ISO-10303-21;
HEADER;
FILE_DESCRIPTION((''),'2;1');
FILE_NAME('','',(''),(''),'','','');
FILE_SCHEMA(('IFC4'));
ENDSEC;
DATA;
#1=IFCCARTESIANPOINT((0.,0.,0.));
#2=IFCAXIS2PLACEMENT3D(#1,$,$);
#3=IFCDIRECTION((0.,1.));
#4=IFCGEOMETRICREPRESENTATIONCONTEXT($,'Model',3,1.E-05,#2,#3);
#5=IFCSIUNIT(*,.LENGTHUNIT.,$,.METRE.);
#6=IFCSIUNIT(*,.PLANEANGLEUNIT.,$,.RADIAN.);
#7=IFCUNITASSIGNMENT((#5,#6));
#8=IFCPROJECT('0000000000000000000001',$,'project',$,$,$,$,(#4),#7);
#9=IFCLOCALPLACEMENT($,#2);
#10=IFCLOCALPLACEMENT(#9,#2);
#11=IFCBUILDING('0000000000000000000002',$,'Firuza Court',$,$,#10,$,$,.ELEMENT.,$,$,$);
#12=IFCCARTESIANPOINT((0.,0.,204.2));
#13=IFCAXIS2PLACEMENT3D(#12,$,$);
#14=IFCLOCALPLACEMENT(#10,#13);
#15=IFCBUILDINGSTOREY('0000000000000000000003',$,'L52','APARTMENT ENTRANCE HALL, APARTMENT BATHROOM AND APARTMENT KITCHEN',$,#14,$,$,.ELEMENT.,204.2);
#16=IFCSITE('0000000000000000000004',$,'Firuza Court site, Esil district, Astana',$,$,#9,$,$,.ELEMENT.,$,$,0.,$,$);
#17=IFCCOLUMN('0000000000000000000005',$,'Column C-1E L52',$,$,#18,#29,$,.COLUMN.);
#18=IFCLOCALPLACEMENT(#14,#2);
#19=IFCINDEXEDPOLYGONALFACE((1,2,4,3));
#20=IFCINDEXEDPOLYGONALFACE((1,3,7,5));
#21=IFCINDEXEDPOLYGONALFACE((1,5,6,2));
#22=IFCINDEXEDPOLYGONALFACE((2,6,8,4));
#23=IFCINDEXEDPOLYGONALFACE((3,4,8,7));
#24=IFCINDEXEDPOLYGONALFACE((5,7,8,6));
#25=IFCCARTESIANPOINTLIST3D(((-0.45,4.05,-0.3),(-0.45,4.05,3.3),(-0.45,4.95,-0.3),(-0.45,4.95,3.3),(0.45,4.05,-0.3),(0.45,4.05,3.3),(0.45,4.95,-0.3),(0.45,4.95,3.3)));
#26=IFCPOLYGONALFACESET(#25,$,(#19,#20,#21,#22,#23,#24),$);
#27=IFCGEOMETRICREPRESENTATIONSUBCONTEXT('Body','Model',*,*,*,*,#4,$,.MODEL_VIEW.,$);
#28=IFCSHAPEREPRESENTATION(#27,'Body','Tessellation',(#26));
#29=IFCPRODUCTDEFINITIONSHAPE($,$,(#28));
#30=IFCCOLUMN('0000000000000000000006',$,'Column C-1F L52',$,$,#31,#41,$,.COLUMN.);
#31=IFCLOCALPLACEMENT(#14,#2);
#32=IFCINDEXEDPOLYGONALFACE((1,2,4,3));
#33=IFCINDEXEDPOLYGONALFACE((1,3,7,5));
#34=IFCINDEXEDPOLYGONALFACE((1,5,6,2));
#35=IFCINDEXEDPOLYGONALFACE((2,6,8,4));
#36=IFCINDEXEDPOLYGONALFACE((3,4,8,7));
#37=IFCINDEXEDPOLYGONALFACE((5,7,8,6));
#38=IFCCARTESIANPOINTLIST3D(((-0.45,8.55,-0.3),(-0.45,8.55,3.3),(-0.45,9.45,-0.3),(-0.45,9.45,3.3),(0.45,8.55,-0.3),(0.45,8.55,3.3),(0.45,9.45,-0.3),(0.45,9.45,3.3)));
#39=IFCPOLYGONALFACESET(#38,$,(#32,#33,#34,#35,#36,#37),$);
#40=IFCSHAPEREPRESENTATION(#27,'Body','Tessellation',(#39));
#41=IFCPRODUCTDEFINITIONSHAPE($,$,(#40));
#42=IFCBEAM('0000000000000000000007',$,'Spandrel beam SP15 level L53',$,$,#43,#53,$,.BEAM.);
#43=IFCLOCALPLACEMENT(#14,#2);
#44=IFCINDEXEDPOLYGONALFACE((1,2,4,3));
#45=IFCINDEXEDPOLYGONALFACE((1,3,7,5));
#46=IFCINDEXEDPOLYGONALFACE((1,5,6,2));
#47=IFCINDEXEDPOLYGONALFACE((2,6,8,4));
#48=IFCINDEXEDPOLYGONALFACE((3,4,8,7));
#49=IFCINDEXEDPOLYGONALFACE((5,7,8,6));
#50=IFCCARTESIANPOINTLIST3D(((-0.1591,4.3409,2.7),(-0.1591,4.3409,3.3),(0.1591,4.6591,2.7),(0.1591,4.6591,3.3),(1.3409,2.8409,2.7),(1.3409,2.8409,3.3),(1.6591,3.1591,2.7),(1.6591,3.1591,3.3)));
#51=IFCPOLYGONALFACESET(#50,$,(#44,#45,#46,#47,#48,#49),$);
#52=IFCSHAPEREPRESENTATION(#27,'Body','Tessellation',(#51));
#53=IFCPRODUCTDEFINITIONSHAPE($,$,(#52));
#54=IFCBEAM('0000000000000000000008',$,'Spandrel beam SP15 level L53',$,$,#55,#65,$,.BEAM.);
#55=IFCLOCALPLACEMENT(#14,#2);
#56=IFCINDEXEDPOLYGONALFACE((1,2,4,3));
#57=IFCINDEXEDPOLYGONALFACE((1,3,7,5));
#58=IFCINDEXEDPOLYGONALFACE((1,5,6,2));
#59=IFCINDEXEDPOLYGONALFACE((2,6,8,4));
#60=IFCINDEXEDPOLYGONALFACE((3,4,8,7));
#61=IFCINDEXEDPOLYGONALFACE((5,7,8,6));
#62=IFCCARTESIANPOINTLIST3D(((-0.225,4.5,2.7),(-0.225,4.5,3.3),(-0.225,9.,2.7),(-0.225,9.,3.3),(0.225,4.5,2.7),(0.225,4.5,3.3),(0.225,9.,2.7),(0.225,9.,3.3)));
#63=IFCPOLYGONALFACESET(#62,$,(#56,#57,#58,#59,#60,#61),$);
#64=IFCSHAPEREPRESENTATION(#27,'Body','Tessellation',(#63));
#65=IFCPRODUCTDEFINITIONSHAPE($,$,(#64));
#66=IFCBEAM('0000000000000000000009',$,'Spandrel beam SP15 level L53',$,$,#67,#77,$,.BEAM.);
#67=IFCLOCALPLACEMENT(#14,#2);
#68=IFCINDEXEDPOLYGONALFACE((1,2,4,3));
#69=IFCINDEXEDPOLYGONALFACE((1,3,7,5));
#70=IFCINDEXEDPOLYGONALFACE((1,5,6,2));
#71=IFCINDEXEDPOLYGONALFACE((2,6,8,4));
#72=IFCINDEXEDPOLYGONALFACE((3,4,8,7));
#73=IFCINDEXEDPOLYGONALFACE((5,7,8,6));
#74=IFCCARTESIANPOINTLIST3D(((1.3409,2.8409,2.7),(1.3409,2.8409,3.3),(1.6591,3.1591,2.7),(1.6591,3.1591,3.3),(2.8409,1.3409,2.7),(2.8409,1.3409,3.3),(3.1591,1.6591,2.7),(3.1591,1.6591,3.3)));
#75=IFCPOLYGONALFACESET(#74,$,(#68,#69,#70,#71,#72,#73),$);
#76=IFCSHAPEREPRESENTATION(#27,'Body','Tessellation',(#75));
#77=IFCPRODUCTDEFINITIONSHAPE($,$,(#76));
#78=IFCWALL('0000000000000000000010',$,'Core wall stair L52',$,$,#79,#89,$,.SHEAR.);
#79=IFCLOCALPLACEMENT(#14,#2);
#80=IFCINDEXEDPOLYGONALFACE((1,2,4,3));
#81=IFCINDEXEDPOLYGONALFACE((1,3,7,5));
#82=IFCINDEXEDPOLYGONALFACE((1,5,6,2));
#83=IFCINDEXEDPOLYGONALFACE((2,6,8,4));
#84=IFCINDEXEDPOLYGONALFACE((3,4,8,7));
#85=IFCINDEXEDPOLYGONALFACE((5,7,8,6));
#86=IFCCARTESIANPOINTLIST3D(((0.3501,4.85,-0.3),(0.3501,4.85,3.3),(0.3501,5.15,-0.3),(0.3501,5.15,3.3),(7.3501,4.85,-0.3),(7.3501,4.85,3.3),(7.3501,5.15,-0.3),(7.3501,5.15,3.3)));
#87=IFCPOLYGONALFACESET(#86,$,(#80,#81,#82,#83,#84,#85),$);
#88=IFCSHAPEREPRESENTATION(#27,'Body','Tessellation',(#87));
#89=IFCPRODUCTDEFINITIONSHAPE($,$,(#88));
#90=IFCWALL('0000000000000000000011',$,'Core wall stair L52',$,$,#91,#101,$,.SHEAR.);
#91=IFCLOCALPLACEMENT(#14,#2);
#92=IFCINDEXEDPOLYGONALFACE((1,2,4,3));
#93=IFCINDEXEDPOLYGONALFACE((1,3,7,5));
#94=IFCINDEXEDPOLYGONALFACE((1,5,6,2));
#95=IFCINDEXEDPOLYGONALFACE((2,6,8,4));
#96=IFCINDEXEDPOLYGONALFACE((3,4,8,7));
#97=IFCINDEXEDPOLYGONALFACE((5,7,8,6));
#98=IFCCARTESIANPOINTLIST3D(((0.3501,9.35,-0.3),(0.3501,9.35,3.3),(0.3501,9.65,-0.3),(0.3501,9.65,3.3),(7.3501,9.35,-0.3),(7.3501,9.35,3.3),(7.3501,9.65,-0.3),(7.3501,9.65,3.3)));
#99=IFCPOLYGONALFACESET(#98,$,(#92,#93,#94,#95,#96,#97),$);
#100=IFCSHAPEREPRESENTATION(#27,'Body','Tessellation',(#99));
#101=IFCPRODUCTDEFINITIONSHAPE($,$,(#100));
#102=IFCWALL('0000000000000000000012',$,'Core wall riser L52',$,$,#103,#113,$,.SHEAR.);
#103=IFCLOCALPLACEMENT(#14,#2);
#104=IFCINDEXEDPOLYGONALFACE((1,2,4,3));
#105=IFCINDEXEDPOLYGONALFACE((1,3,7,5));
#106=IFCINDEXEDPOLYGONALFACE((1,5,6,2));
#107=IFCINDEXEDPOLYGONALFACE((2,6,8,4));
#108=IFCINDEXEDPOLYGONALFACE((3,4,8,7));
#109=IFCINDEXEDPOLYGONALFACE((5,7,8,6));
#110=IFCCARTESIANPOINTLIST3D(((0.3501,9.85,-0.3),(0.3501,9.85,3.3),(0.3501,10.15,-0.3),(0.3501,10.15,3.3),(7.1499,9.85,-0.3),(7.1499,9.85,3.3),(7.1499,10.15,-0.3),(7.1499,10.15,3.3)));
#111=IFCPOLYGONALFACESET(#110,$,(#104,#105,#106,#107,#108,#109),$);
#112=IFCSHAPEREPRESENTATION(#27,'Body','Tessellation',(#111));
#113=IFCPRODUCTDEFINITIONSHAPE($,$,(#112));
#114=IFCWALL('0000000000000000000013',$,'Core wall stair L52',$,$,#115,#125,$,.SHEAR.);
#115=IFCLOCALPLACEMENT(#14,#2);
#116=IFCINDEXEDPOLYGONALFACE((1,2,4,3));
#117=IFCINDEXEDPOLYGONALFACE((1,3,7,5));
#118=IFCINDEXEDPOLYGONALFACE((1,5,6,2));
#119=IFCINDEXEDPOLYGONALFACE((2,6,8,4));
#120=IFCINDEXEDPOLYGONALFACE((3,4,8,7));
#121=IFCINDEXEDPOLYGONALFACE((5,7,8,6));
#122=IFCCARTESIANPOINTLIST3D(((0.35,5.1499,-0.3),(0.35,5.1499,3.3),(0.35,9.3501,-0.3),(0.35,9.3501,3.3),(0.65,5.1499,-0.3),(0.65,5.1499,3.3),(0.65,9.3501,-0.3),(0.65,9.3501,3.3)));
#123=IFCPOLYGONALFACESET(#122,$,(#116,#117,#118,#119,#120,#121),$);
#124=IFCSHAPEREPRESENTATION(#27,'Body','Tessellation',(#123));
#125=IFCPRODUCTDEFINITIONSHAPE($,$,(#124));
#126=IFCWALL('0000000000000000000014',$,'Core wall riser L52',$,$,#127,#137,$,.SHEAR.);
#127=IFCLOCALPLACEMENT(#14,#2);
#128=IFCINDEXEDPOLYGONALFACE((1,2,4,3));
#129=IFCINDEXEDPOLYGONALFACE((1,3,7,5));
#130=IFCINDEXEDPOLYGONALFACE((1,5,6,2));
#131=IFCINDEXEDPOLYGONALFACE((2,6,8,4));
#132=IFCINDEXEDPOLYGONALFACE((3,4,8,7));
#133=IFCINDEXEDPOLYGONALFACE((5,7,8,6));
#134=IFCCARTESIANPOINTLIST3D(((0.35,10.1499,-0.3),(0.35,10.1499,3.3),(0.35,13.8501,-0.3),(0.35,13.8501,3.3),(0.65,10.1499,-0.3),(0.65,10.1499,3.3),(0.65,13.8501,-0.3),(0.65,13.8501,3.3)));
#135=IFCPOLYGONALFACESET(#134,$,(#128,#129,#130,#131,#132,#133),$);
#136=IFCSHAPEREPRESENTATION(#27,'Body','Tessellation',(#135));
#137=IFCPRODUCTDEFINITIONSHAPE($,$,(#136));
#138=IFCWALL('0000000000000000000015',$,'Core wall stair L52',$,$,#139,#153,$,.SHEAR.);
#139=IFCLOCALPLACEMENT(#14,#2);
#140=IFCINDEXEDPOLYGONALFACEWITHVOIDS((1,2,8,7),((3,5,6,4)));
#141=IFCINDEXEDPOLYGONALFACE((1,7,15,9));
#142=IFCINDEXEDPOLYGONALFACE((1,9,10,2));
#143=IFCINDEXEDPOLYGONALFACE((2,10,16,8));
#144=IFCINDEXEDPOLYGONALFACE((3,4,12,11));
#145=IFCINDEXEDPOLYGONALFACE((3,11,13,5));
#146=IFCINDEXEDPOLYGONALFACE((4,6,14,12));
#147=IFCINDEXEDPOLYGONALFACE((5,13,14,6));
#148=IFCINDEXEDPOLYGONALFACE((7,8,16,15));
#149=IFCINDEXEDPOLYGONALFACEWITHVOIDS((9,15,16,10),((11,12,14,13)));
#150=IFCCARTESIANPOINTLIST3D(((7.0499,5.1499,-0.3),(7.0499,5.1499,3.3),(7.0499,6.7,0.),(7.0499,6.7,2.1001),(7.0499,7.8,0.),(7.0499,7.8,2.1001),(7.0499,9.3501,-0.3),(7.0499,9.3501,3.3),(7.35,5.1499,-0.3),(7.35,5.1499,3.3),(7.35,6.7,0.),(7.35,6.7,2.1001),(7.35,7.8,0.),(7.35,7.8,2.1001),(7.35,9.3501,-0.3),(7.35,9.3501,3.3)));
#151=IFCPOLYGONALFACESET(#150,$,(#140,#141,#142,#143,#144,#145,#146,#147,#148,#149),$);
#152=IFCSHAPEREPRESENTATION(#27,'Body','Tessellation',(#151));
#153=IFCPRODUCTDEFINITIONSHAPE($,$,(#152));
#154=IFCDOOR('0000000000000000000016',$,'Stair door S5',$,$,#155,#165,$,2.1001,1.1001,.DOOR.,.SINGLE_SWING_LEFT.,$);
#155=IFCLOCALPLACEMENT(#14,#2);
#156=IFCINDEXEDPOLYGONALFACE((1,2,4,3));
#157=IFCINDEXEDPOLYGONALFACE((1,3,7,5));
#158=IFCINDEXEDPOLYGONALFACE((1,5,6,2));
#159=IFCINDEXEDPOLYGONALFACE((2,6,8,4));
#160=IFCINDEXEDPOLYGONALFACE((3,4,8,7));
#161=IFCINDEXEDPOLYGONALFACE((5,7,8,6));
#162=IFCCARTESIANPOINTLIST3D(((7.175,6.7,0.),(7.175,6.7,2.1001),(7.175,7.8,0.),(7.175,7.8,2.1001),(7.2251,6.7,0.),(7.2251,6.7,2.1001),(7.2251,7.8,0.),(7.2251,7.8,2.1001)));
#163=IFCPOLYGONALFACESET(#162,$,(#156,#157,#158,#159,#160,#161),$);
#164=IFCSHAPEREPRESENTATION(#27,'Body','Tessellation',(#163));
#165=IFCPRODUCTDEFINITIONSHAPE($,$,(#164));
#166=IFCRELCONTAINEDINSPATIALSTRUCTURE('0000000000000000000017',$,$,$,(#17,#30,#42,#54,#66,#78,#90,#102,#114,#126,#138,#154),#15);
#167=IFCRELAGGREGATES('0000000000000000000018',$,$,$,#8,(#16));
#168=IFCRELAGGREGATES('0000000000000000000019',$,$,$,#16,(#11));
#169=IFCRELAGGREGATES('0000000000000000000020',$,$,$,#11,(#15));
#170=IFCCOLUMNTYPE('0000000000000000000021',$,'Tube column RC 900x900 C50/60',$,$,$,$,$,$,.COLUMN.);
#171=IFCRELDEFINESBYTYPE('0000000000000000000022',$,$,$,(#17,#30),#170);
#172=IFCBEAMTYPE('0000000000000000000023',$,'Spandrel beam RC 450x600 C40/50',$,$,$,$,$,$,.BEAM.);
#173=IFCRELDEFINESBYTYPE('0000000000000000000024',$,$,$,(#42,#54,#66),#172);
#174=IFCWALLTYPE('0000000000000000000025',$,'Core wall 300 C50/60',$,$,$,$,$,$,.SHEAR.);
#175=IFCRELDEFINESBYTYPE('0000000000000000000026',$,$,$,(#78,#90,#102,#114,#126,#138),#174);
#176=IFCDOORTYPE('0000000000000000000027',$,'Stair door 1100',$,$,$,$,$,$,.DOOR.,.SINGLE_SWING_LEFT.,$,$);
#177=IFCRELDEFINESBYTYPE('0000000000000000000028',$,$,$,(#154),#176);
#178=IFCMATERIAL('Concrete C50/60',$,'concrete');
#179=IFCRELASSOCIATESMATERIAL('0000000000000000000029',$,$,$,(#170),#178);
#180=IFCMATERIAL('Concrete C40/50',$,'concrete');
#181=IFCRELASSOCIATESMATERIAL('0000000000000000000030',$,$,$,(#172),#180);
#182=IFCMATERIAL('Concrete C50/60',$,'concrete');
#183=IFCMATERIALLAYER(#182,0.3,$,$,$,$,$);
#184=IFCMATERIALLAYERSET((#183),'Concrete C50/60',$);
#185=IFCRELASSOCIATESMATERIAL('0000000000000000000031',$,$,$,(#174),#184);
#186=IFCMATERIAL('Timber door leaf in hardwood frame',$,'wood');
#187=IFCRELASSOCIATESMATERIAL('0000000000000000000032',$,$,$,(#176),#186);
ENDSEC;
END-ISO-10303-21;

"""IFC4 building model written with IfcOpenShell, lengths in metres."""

from ifc_helpers import new_model, si_unit, direction, frame, frame_2d, origin, origin_2d, place, context, subcontext, project, spatial, rectangle, extrude, material, layer, layer_set, material_profile, profile_set, type_object, element, fill, save


model = new_model("IFC4")

# Units and contexts
model_context = context("Model", 3, precision=1e-05, world=origin(), true_north=direction((0.0, 1.0)))
body_context = subcontext(model_context, "Body", "Model", "MODEL_VIEW")
ifc_project = project(units=[si_unit("LENGTHUNIT", "METRE"), si_unit("PLANEANGLEUNIT", "RADIAN")], contexts=[model_context])

# Site, building, storey
site_placement = place(None, origin())
site = spatial("IfcSite", under=ifc_project, at=site_placement, Name="Firuza Court site, Esil district, Astana", CompositionType="ELEMENT", RefElevation=0.0)
building_placement = place(site_placement, origin())
building = spatial("IfcBuilding", under=site, at=building_placement, Name="Firuza Court", CompositionType="ELEMENT")
storey_placement = place(building_placement, frame((0.0, 0.0, 204.2)))
storey = spatial("IfcBuildingStorey", under=building, at=storey_placement, Name="L52", Description="APARTMENT ENTRANCE HALL, APARTMENT BATHROOM AND APARTMENT KITCHEN", CompositionType="ELEMENT", Elevation=204.2)

# Columns
ifc_material_1 = material(Name="Concrete C50/60", Category="concrete")
ifc_material_profile_1 = material_profile(ifc_material_1, rectangle(XDim=0.8999, YDim=0.8999, at=origin_2d()), Name="RC 900x900")
ifc_profile_set_1 = profile_set([ifc_material_profile_1], Name="Concrete C50/60")
column_type = type_object("IfcColumnType", Name="Tube column RC 900x900 C50/60", PredefinedType="COLUMN", material=ifc_profile_set_1)
for number, where, z_axis, x_axis, name in (
    (1, (0.0, 4.5, -0.3), (0.0, 0.0, 1.0), (1.0, 0.0, 0.0), "Column C-1E L52"),
    (2, (0.0, 9.0, -0.3), (0.0, 0.0, 1.0), (1.0, 0.0, 0.0), "Column C-1F L52"),
):
    element("IfcColumn", number, at=place(storey_placement, frame(where, z_axis=z_axis, x_axis=x_axis)), inside=storey, type_object=column_type, Name=name, PredefinedType="COLUMN", context=body_context, shape_type="SweptSolid", body=[
        extrude(rectangle(XDim=0.8999, YDim=0.8999, at=origin_2d()), origin(), (0.0, 0.0, 1.0), 3.6001),
    ])

# Beams
ifc_material_2 = material(Name="Concrete C40/50", Category="concrete")
ifc_material_profile_2 = material_profile(ifc_material_2, rectangle(XDim=0.45, YDim=0.6001, at=origin_2d()), Name="RC 450x600")
ifc_profile_set_2 = profile_set([ifc_material_profile_2], Name="Concrete C40/50")
beam_type = type_object("IfcBeamType", Name="Spandrel beam RC 450x600 C40/50", PredefinedType="BEAM", material=ifc_profile_set_2)
beam_1_placement = place(storey_placement, frame((0.0, 4.5, 3.0), z_axis=(0.707107, -0.707107, 0.0), x_axis=(0.707107, 0.707107, 0.0)))
element("IfcBeam", 3, at=beam_1_placement, inside=storey, type_object=beam_type, Name="Spandrel beam SP15 level L53", PredefinedType="BEAM", context=body_context, shape_type="SweptSolid", body=[
    extrude(rectangle(XDim=0.45, YDim=0.6001, at=origin_2d()), origin(), (0.0, 0.0, 1.0), 2.1213),
])
beam_2_placement = place(storey_placement, frame((0.0, 9.0, 3.0), z_axis=(0.0, -1.0, 0.0), x_axis=(1.0, 0.0, 0.0)))
element("IfcBeam", 4, at=beam_2_placement, inside=storey, type_object=beam_type, Name="Spandrel beam SP15 level L53", PredefinedType="BEAM", context=body_context, shape_type="SweptSolid", body=[
    extrude(rectangle(XDim=0.45, YDim=0.6001, at=origin_2d()), origin(), (0.0, 0.0, 1.0), 4.5),
])
beam_3_placement = place(storey_placement, frame((1.5, 3.0, 3.0), z_axis=(0.707107, -0.707107, 0.0), x_axis=(0.707107, 0.707107, 0.0)))
element("IfcBeam", 5, at=beam_3_placement, inside=storey, type_object=beam_type, Name="Spandrel beam SP15 level L53", PredefinedType="BEAM", context=body_context, shape_type="SweptSolid", body=[
    extrude(rectangle(XDim=0.45, YDim=0.6001, at=origin_2d()), origin(), (0.0, 0.0, 1.0), 2.1213),
])

# Walls
ifc_material_3 = material(Name="Concrete C50/60", Category="concrete")
ifc_layer_1 = layer(ifc_material_3, 0.3)
ifc_layer_set_1 = layer_set([ifc_layer_1], Name="Concrete C50/60")
wall_type_1 = type_object("IfcWallType", Name="Core wall 300 C50/60", PredefinedType="SHEAR", material=ifc_layer_set_1)
for number, where, z_axis, x_axis, name in (
    (6, (0.3501, 5.0, -0.3), (0.0, 0.0, 1.0), (1.0, 0.0, 0.0), "Core wall stair L52"),
    (7, (0.3501, 9.5, -0.3), (0.0, 0.0, 1.0), (1.0, 0.0, 0.0), "Core wall stair L52"),
):
    element("IfcWall", number, at=place(storey_placement, frame(where, z_axis=z_axis, x_axis=x_axis)), inside=storey, type_object=wall_type_1, Name=name, PredefinedType="SHEAR", context=body_context, shape_type="SweptSolid", body=[
        extrude(rectangle(XDim=7.0, YDim=0.3, at=frame_2d((3.5, 0.0))), origin(), (0.0, 0.0, 1.0), 3.6001),
    ])
wall_1_placement = place(storey_placement, frame((0.3501, 10.0, -0.3), z_axis=(0.0, 0.0, 1.0), x_axis=(1.0, 0.0, 0.0)))
element("IfcWall", 8, at=wall_1_placement, inside=storey, type_object=wall_type_1, Name="Core wall riser L52", PredefinedType="SHEAR", context=body_context, shape_type="SweptSolid", body=[
    extrude(rectangle(XDim=6.7998, YDim=0.3, at=frame_2d((3.3999, 0.0))), origin(), (0.0, 0.0, 1.0), 3.6001),
])
wall_2_placement = place(storey_placement, frame((0.5, 5.1499, -0.3), z_axis=(0.0, 0.0, 1.0), x_axis=(0.0, 1.0, 0.0)))
element("IfcWall", 9, at=wall_2_placement, inside=storey, type_object=wall_type_1, Name="Core wall stair L52", PredefinedType="SHEAR", context=body_context, shape_type="SweptSolid", body=[
    extrude(rectangle(XDim=4.2002, YDim=0.3, at=frame_2d((2.1001, 0.0))), origin(), (0.0, 0.0, 1.0), 3.6001),
])
wall_3_placement = place(storey_placement, frame((0.5, 10.1499, -0.3), z_axis=(0.0, 0.0, 1.0), x_axis=(0.0, 1.0, 0.0)))
element("IfcWall", 10, at=wall_3_placement, inside=storey, type_object=wall_type_1, Name="Core wall riser L52", PredefinedType="SHEAR", context=body_context, shape_type="SweptSolid", body=[
    extrude(rectangle(XDim=3.7002, YDim=0.3, at=frame_2d((1.8501, 0.0))), origin(), (0.0, 0.0, 1.0), 3.6001),
])

# Wall, opening, door
wall_4_placement = place(storey_placement, frame((7.2, 5.1499, -0.3), z_axis=(0.0, 0.0, 1.0), x_axis=(0.0, 1.0, 0.0)))
wall_4 = element("IfcWall", 11, at=wall_4_placement, inside=storey, type_object=wall_type_1, Name="Core wall stair L52", PredefinedType="SHEAR", context=body_context, shape_type="SweptSolid", body=[
    extrude(rectangle(XDim=4.2002, YDim=0.3, at=frame_2d((2.1001, 0.0))), origin(), (0.0, 0.0, 1.0), 3.6001),
])
opening_1_placement = place(wall_4_placement, frame((1.55, 0.0, 0.3)))
opening_1 = element("IfcOpeningElement", 12, at=opening_1_placement, cuts=wall_4, PredefinedType="OPENING", context=body_context, shape_type="SweptSolid", body=[
    extrude(rectangle(XDim=1.1001, YDim=2.1001, at=frame_2d((0.55, 1.05))), frame((0.0, 0.1621, 0.0), z_axis=(0.0, -1.0, 0.0), x_axis=(1.0, 0.0, 0.0)), (0.0, 0.0, 1.0), 0.324),
])
ifc_material_4 = material(Name="Timber door leaf in hardwood frame", Category="wood")
door_type_1 = type_object("IfcDoorType", Name="Stair door 1100", OperationType="SINGLE_SWING_LEFT", PredefinedType="DOOR", material=ifc_material_4)
door_1_placement = place(opening_1_placement, origin())
door_1 = element("IfcDoor", 13, at=door_1_placement, inside=storey, type_object=door_type_1, Name="Stair door S5", OperationType="SINGLE_SWING_LEFT", OverallHeight=2.1001, OverallWidth=1.1001, PredefinedType="DOOR", context=body_context, shape_type="SweptSolid", body=[
    extrude(rectangle(XDim=1.1001, YDim=2.1001, at=frame_2d((0.55, 1.05))), frame((0.0, 0.0249, 0.0), z_axis=(0.0, -1.0, 0.0), x_axis=(1.0, 0.0, 0.0)), (0.0, 0.0, 1.0), 0.05),
])
fill(opening_1, door_1)

save(model, "model.ifc")
